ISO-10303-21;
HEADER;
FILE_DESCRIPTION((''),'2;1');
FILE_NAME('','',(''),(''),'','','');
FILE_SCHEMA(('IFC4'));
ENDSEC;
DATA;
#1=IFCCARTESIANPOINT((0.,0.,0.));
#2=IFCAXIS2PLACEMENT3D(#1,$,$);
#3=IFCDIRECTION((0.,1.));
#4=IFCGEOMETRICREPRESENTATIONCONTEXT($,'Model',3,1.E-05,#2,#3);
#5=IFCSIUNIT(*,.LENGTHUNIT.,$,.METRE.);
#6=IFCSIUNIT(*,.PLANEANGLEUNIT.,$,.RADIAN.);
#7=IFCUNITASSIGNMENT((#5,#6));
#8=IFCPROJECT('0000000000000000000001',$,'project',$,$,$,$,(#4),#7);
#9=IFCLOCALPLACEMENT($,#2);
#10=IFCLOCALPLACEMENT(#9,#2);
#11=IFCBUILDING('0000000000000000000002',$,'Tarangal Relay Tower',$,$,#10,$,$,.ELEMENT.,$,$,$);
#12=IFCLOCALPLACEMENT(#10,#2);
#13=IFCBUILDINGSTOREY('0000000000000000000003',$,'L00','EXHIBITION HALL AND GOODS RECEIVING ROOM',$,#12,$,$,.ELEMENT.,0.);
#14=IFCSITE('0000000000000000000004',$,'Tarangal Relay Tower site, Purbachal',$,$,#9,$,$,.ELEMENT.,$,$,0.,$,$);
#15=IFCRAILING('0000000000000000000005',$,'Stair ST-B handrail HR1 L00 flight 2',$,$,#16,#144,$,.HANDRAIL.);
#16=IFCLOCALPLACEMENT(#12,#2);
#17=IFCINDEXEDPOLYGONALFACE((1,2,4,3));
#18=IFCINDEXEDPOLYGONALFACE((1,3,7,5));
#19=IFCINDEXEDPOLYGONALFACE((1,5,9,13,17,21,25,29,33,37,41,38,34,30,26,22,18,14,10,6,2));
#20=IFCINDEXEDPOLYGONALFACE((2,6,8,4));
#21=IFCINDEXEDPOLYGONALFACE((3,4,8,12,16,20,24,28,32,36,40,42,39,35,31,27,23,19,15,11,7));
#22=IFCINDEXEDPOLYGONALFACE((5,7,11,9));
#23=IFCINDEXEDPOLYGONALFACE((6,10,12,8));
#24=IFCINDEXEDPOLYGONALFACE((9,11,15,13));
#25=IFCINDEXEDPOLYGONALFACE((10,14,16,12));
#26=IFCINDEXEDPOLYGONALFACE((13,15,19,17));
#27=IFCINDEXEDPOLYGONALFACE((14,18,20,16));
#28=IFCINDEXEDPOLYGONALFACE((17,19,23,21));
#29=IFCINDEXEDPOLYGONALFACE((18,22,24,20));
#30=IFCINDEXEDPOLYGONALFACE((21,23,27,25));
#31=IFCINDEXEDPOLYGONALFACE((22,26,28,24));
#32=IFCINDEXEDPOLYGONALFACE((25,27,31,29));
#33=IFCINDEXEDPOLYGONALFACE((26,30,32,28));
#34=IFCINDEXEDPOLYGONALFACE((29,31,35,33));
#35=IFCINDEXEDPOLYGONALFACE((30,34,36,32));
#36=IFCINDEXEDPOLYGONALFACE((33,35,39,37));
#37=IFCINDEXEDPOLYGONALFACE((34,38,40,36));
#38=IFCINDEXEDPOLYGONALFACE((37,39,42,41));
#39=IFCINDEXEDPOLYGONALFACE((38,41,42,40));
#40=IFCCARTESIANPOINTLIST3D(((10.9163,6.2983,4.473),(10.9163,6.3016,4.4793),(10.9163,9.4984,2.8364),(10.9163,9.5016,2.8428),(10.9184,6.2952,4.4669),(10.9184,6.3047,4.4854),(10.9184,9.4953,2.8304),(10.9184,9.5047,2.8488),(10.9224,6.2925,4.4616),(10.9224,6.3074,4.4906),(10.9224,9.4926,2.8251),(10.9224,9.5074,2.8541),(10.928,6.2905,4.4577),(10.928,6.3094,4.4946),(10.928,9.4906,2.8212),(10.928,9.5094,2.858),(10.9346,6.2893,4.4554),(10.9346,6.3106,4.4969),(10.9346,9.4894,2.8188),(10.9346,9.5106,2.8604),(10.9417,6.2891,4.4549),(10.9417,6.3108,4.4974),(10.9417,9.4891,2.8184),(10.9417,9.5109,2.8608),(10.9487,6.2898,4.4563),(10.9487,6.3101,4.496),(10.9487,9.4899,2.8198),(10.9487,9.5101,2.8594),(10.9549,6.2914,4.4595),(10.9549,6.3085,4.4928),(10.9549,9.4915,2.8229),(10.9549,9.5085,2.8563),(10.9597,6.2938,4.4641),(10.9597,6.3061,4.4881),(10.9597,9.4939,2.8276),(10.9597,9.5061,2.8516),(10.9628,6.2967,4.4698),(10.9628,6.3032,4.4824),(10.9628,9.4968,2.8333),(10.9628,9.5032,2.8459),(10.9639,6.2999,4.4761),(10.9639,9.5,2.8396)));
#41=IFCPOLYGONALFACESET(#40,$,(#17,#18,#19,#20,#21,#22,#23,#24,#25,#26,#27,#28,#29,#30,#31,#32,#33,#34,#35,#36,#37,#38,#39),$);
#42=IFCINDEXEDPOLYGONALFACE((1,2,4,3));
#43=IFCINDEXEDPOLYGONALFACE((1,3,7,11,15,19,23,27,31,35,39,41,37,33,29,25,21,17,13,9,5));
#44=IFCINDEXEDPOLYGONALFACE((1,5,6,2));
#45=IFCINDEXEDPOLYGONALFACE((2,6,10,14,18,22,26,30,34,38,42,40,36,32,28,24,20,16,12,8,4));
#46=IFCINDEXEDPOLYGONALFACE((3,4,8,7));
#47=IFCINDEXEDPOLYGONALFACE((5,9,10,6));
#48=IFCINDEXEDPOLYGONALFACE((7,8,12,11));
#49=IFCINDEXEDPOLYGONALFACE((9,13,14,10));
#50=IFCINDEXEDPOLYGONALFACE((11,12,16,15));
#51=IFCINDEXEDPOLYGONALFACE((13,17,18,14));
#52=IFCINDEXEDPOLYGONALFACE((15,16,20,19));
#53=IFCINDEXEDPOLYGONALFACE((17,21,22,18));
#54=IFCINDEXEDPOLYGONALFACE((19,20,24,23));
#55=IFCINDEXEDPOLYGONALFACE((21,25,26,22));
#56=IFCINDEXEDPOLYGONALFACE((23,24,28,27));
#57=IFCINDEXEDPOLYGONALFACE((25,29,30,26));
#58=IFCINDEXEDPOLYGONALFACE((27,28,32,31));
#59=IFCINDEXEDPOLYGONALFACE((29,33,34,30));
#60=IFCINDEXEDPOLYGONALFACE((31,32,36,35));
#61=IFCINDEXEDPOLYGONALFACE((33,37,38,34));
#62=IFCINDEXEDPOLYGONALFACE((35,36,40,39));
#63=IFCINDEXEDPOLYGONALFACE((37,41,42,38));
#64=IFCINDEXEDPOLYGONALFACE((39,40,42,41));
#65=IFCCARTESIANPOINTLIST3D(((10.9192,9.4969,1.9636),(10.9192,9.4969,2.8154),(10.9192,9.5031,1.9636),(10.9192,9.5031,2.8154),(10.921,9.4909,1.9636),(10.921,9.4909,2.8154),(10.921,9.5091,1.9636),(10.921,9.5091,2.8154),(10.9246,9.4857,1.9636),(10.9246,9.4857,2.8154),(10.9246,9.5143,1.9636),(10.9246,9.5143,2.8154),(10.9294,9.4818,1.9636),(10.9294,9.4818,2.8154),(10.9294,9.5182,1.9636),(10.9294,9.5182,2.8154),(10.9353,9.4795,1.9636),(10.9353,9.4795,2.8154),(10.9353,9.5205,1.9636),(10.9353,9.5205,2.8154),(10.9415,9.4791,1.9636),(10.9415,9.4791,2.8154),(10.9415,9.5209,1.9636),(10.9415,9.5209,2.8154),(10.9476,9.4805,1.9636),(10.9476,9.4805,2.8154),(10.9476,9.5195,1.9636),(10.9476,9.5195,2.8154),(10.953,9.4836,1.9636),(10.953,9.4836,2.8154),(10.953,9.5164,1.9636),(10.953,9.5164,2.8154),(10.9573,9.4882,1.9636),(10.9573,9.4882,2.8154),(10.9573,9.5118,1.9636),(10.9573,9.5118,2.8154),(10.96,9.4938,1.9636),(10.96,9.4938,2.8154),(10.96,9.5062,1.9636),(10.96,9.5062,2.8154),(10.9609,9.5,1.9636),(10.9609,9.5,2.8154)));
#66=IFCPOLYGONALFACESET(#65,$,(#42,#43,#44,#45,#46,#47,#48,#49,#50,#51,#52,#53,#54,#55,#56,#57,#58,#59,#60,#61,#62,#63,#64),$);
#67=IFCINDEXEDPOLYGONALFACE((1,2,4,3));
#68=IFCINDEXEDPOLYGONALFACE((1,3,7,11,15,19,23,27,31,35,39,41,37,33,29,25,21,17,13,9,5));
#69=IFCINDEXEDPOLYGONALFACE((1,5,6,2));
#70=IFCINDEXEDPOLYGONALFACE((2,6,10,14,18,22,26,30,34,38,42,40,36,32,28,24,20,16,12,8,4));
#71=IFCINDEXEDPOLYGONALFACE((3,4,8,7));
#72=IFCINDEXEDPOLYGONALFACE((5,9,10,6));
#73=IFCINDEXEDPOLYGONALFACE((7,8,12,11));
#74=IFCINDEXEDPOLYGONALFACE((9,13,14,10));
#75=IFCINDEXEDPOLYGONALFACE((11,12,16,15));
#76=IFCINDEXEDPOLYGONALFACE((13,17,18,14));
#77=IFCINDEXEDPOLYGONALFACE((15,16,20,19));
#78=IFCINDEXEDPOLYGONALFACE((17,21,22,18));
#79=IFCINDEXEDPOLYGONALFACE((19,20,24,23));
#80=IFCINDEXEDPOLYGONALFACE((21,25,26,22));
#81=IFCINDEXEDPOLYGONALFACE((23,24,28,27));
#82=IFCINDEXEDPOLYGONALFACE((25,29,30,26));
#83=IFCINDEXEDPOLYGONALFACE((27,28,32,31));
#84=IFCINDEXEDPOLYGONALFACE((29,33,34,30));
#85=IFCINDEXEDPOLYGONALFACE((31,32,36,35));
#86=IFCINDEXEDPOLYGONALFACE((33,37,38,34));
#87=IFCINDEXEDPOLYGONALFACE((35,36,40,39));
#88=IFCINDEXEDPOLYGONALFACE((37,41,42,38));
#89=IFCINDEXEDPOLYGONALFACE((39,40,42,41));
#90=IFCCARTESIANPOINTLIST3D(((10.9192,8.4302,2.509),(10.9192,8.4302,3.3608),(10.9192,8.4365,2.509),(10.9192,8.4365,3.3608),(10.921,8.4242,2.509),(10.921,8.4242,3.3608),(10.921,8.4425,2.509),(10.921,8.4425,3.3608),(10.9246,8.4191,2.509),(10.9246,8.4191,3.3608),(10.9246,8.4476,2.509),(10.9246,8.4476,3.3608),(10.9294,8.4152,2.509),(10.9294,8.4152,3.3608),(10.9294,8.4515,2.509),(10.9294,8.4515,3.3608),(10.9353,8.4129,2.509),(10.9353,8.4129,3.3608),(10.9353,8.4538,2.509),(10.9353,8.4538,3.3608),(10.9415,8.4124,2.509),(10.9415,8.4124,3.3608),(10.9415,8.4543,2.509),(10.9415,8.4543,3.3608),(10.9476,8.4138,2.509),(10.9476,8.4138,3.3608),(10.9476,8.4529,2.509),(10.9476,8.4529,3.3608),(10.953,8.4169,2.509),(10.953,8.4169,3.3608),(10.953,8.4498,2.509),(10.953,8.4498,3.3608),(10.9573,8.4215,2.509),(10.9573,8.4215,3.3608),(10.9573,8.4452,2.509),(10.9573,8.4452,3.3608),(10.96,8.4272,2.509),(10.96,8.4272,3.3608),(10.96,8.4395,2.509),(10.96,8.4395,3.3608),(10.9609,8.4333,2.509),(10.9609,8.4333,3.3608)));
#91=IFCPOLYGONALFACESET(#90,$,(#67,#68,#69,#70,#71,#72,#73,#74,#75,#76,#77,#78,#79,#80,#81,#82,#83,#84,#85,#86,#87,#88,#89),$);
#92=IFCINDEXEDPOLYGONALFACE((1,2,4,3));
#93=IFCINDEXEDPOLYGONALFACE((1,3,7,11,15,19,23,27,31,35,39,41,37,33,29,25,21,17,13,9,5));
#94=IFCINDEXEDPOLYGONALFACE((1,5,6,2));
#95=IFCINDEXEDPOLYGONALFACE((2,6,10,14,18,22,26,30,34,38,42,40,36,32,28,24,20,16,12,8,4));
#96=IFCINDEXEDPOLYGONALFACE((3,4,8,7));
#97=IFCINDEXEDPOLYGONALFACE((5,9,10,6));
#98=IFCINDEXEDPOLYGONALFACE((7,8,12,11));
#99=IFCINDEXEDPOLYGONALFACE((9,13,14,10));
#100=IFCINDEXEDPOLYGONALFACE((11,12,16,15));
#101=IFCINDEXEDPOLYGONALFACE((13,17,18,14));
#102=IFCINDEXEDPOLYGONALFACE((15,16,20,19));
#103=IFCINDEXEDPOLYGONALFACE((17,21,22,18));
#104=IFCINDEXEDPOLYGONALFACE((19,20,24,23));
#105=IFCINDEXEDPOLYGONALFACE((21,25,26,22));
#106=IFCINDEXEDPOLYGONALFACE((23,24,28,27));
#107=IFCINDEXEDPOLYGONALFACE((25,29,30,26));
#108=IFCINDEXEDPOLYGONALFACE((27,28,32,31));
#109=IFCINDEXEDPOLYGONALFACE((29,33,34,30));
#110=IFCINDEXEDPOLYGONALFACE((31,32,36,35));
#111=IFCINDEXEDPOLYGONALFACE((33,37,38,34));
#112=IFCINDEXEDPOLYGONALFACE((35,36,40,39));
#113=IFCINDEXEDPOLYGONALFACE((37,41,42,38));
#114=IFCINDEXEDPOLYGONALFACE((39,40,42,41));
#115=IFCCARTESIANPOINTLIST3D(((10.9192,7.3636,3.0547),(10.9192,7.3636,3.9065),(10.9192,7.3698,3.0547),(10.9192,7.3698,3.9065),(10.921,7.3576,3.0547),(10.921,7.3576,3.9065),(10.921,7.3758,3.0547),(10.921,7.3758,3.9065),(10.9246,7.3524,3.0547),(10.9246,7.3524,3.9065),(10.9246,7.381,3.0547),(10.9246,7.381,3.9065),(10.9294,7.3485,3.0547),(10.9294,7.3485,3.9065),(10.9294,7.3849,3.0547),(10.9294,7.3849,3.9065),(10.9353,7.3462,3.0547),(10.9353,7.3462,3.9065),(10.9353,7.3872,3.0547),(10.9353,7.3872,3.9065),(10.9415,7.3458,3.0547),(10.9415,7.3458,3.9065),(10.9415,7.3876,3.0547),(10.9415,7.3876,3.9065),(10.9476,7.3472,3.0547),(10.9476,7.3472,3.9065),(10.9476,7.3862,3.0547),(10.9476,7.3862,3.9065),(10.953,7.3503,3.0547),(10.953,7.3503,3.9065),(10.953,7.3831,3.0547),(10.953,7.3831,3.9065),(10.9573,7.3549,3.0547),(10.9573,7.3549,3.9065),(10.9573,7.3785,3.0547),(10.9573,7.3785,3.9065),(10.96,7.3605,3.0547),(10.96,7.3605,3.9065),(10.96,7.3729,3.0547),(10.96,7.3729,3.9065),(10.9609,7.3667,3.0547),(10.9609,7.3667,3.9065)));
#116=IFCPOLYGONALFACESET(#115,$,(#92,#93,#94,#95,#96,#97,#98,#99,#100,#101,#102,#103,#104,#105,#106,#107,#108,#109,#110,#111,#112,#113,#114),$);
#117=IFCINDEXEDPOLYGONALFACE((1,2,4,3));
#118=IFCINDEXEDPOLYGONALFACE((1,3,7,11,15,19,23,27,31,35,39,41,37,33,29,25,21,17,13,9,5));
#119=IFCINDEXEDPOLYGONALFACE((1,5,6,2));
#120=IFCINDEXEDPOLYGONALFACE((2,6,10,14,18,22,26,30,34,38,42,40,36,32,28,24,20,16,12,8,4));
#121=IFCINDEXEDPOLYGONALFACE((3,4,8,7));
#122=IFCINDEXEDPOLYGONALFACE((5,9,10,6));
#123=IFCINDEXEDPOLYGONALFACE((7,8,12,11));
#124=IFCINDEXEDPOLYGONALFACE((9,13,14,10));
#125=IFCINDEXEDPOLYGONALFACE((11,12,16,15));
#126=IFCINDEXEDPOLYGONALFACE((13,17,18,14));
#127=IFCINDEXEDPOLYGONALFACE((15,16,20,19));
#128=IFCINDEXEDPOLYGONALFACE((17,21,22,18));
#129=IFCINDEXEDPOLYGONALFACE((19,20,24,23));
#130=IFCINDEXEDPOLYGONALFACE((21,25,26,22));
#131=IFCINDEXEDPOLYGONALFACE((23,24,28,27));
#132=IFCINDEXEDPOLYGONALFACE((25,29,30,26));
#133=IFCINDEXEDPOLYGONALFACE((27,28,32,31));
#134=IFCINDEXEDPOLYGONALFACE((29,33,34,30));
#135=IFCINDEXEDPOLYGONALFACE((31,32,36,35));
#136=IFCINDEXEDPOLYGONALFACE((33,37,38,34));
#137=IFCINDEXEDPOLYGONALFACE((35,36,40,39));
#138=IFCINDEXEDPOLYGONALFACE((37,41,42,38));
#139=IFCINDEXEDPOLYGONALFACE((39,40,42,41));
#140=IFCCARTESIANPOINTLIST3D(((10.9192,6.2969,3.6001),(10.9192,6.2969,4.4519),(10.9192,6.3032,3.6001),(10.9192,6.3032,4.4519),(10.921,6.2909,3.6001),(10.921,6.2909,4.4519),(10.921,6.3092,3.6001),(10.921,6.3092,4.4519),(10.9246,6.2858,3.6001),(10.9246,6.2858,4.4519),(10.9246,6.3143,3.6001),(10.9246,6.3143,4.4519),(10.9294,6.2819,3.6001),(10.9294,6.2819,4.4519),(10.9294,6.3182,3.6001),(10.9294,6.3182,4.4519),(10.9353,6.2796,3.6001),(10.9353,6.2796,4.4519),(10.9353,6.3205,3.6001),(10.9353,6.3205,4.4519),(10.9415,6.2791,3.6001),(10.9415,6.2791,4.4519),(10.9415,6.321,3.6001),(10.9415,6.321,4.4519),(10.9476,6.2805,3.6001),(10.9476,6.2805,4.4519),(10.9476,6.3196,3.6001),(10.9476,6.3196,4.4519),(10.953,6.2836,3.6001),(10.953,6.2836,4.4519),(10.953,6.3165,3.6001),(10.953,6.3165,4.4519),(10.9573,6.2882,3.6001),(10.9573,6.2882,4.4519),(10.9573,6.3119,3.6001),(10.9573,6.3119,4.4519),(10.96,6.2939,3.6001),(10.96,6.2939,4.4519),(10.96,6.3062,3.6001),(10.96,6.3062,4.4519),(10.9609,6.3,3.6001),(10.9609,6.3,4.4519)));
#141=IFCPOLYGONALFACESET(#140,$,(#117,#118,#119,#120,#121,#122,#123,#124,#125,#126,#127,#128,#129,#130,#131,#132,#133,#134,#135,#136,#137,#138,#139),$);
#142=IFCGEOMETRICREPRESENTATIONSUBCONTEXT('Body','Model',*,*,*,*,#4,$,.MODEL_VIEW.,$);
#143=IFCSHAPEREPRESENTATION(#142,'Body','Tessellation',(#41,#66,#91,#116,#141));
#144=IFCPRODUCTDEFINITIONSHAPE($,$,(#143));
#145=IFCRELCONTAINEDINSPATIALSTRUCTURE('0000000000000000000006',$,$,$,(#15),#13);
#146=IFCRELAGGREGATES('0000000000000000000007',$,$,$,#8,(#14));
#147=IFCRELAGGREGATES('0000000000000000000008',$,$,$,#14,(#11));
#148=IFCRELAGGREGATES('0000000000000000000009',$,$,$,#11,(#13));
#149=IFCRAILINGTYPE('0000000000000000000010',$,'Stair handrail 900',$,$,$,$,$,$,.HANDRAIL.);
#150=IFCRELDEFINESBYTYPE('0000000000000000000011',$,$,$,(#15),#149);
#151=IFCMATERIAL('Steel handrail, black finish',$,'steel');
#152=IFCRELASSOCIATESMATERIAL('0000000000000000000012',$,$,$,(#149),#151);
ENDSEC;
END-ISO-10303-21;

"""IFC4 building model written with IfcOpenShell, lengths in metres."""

from ifc_helpers import new_model, si_unit, direction, frame, origin, origin_2d, place, context, subcontext, project, spatial, circle, extrude, material, type_object, element, save


model = new_model("IFC4")

# Units and contexts
model_context = context("Model", 3, precision=1e-05, world=origin(), true_north=direction((0.0, 1.0)))
body_context = subcontext(model_context, "Body", "Model", "MODEL_VIEW")
ifc_project = project(units=[si_unit("LENGTHUNIT", "METRE"), si_unit("PLANEANGLEUNIT", "RADIAN")], contexts=[model_context])

# Site, building, storey
site_placement = place(None, origin())
site = spatial("IfcSite", under=ifc_project, at=site_placement, Name="Tarangal Relay Tower site, Purbachal", CompositionType="ELEMENT", RefElevation=0.0)
building_placement = place(site_placement, origin())
building = spatial("IfcBuilding", under=site, at=building_placement, Name="Tarangal Relay Tower", CompositionType="ELEMENT")
storey_placement = place(building_placement, origin())
storey = spatial("IfcBuildingStorey", under=building, at=storey_placement, Name="L00", Description="EXHIBITION HALL AND GOODS RECEIVING ROOM", CompositionType="ELEMENT", Elevation=0.0)

# Railing
ifc_material_1 = material(Name="Steel handrail, black finish", Category="steel")
railing_type = type_object("IfcRailingType", Name="Stair handrail 900", PredefinedType="HANDRAIL", material=ifc_material_1)
railing_1_placement = place(storey_placement, frame((10.9399, 9.5, 1.9636)))
element("IfcRailing", 1, at=railing_1_placement, inside=storey, type_object=railing_type, Name="Stair ST-B handrail HR1 L00 flight 2", PredefinedType="HANDRAIL", context=body_context, shape_type="SweptSolid", body=[
    extrude(circle(Radius=0.0239, at=origin_2d()), frame((0.0, 0.0, 0.876), z_axis=(0.0, -0.890328, 0.455319), x_axis=(1.0, 0.0, 0.0)), (0.0, 0.0, 1.0), 3.5942),
    extrude(circle(Radius=0.021, at=origin_2d()), origin(), (0.0, 0.0, 1.0), 0.8518),
    extrude(circle(Radius=0.021, at=origin_2d()), frame((0.0, -1.0667, 0.5454)), (0.0, 0.0, 1.0), 0.8518),
    extrude(circle(Radius=0.021, at=origin_2d()), frame((0.0, -2.1333, 1.0911)), (0.0, 0.0, 1.0), 0.8518),
    extrude(circle(Radius=0.021, at=origin_2d()), frame((0.0, -3.2, 1.6365)), (0.0, 0.0, 1.0), 0.8518),
])

save(model, "model.ifc")
